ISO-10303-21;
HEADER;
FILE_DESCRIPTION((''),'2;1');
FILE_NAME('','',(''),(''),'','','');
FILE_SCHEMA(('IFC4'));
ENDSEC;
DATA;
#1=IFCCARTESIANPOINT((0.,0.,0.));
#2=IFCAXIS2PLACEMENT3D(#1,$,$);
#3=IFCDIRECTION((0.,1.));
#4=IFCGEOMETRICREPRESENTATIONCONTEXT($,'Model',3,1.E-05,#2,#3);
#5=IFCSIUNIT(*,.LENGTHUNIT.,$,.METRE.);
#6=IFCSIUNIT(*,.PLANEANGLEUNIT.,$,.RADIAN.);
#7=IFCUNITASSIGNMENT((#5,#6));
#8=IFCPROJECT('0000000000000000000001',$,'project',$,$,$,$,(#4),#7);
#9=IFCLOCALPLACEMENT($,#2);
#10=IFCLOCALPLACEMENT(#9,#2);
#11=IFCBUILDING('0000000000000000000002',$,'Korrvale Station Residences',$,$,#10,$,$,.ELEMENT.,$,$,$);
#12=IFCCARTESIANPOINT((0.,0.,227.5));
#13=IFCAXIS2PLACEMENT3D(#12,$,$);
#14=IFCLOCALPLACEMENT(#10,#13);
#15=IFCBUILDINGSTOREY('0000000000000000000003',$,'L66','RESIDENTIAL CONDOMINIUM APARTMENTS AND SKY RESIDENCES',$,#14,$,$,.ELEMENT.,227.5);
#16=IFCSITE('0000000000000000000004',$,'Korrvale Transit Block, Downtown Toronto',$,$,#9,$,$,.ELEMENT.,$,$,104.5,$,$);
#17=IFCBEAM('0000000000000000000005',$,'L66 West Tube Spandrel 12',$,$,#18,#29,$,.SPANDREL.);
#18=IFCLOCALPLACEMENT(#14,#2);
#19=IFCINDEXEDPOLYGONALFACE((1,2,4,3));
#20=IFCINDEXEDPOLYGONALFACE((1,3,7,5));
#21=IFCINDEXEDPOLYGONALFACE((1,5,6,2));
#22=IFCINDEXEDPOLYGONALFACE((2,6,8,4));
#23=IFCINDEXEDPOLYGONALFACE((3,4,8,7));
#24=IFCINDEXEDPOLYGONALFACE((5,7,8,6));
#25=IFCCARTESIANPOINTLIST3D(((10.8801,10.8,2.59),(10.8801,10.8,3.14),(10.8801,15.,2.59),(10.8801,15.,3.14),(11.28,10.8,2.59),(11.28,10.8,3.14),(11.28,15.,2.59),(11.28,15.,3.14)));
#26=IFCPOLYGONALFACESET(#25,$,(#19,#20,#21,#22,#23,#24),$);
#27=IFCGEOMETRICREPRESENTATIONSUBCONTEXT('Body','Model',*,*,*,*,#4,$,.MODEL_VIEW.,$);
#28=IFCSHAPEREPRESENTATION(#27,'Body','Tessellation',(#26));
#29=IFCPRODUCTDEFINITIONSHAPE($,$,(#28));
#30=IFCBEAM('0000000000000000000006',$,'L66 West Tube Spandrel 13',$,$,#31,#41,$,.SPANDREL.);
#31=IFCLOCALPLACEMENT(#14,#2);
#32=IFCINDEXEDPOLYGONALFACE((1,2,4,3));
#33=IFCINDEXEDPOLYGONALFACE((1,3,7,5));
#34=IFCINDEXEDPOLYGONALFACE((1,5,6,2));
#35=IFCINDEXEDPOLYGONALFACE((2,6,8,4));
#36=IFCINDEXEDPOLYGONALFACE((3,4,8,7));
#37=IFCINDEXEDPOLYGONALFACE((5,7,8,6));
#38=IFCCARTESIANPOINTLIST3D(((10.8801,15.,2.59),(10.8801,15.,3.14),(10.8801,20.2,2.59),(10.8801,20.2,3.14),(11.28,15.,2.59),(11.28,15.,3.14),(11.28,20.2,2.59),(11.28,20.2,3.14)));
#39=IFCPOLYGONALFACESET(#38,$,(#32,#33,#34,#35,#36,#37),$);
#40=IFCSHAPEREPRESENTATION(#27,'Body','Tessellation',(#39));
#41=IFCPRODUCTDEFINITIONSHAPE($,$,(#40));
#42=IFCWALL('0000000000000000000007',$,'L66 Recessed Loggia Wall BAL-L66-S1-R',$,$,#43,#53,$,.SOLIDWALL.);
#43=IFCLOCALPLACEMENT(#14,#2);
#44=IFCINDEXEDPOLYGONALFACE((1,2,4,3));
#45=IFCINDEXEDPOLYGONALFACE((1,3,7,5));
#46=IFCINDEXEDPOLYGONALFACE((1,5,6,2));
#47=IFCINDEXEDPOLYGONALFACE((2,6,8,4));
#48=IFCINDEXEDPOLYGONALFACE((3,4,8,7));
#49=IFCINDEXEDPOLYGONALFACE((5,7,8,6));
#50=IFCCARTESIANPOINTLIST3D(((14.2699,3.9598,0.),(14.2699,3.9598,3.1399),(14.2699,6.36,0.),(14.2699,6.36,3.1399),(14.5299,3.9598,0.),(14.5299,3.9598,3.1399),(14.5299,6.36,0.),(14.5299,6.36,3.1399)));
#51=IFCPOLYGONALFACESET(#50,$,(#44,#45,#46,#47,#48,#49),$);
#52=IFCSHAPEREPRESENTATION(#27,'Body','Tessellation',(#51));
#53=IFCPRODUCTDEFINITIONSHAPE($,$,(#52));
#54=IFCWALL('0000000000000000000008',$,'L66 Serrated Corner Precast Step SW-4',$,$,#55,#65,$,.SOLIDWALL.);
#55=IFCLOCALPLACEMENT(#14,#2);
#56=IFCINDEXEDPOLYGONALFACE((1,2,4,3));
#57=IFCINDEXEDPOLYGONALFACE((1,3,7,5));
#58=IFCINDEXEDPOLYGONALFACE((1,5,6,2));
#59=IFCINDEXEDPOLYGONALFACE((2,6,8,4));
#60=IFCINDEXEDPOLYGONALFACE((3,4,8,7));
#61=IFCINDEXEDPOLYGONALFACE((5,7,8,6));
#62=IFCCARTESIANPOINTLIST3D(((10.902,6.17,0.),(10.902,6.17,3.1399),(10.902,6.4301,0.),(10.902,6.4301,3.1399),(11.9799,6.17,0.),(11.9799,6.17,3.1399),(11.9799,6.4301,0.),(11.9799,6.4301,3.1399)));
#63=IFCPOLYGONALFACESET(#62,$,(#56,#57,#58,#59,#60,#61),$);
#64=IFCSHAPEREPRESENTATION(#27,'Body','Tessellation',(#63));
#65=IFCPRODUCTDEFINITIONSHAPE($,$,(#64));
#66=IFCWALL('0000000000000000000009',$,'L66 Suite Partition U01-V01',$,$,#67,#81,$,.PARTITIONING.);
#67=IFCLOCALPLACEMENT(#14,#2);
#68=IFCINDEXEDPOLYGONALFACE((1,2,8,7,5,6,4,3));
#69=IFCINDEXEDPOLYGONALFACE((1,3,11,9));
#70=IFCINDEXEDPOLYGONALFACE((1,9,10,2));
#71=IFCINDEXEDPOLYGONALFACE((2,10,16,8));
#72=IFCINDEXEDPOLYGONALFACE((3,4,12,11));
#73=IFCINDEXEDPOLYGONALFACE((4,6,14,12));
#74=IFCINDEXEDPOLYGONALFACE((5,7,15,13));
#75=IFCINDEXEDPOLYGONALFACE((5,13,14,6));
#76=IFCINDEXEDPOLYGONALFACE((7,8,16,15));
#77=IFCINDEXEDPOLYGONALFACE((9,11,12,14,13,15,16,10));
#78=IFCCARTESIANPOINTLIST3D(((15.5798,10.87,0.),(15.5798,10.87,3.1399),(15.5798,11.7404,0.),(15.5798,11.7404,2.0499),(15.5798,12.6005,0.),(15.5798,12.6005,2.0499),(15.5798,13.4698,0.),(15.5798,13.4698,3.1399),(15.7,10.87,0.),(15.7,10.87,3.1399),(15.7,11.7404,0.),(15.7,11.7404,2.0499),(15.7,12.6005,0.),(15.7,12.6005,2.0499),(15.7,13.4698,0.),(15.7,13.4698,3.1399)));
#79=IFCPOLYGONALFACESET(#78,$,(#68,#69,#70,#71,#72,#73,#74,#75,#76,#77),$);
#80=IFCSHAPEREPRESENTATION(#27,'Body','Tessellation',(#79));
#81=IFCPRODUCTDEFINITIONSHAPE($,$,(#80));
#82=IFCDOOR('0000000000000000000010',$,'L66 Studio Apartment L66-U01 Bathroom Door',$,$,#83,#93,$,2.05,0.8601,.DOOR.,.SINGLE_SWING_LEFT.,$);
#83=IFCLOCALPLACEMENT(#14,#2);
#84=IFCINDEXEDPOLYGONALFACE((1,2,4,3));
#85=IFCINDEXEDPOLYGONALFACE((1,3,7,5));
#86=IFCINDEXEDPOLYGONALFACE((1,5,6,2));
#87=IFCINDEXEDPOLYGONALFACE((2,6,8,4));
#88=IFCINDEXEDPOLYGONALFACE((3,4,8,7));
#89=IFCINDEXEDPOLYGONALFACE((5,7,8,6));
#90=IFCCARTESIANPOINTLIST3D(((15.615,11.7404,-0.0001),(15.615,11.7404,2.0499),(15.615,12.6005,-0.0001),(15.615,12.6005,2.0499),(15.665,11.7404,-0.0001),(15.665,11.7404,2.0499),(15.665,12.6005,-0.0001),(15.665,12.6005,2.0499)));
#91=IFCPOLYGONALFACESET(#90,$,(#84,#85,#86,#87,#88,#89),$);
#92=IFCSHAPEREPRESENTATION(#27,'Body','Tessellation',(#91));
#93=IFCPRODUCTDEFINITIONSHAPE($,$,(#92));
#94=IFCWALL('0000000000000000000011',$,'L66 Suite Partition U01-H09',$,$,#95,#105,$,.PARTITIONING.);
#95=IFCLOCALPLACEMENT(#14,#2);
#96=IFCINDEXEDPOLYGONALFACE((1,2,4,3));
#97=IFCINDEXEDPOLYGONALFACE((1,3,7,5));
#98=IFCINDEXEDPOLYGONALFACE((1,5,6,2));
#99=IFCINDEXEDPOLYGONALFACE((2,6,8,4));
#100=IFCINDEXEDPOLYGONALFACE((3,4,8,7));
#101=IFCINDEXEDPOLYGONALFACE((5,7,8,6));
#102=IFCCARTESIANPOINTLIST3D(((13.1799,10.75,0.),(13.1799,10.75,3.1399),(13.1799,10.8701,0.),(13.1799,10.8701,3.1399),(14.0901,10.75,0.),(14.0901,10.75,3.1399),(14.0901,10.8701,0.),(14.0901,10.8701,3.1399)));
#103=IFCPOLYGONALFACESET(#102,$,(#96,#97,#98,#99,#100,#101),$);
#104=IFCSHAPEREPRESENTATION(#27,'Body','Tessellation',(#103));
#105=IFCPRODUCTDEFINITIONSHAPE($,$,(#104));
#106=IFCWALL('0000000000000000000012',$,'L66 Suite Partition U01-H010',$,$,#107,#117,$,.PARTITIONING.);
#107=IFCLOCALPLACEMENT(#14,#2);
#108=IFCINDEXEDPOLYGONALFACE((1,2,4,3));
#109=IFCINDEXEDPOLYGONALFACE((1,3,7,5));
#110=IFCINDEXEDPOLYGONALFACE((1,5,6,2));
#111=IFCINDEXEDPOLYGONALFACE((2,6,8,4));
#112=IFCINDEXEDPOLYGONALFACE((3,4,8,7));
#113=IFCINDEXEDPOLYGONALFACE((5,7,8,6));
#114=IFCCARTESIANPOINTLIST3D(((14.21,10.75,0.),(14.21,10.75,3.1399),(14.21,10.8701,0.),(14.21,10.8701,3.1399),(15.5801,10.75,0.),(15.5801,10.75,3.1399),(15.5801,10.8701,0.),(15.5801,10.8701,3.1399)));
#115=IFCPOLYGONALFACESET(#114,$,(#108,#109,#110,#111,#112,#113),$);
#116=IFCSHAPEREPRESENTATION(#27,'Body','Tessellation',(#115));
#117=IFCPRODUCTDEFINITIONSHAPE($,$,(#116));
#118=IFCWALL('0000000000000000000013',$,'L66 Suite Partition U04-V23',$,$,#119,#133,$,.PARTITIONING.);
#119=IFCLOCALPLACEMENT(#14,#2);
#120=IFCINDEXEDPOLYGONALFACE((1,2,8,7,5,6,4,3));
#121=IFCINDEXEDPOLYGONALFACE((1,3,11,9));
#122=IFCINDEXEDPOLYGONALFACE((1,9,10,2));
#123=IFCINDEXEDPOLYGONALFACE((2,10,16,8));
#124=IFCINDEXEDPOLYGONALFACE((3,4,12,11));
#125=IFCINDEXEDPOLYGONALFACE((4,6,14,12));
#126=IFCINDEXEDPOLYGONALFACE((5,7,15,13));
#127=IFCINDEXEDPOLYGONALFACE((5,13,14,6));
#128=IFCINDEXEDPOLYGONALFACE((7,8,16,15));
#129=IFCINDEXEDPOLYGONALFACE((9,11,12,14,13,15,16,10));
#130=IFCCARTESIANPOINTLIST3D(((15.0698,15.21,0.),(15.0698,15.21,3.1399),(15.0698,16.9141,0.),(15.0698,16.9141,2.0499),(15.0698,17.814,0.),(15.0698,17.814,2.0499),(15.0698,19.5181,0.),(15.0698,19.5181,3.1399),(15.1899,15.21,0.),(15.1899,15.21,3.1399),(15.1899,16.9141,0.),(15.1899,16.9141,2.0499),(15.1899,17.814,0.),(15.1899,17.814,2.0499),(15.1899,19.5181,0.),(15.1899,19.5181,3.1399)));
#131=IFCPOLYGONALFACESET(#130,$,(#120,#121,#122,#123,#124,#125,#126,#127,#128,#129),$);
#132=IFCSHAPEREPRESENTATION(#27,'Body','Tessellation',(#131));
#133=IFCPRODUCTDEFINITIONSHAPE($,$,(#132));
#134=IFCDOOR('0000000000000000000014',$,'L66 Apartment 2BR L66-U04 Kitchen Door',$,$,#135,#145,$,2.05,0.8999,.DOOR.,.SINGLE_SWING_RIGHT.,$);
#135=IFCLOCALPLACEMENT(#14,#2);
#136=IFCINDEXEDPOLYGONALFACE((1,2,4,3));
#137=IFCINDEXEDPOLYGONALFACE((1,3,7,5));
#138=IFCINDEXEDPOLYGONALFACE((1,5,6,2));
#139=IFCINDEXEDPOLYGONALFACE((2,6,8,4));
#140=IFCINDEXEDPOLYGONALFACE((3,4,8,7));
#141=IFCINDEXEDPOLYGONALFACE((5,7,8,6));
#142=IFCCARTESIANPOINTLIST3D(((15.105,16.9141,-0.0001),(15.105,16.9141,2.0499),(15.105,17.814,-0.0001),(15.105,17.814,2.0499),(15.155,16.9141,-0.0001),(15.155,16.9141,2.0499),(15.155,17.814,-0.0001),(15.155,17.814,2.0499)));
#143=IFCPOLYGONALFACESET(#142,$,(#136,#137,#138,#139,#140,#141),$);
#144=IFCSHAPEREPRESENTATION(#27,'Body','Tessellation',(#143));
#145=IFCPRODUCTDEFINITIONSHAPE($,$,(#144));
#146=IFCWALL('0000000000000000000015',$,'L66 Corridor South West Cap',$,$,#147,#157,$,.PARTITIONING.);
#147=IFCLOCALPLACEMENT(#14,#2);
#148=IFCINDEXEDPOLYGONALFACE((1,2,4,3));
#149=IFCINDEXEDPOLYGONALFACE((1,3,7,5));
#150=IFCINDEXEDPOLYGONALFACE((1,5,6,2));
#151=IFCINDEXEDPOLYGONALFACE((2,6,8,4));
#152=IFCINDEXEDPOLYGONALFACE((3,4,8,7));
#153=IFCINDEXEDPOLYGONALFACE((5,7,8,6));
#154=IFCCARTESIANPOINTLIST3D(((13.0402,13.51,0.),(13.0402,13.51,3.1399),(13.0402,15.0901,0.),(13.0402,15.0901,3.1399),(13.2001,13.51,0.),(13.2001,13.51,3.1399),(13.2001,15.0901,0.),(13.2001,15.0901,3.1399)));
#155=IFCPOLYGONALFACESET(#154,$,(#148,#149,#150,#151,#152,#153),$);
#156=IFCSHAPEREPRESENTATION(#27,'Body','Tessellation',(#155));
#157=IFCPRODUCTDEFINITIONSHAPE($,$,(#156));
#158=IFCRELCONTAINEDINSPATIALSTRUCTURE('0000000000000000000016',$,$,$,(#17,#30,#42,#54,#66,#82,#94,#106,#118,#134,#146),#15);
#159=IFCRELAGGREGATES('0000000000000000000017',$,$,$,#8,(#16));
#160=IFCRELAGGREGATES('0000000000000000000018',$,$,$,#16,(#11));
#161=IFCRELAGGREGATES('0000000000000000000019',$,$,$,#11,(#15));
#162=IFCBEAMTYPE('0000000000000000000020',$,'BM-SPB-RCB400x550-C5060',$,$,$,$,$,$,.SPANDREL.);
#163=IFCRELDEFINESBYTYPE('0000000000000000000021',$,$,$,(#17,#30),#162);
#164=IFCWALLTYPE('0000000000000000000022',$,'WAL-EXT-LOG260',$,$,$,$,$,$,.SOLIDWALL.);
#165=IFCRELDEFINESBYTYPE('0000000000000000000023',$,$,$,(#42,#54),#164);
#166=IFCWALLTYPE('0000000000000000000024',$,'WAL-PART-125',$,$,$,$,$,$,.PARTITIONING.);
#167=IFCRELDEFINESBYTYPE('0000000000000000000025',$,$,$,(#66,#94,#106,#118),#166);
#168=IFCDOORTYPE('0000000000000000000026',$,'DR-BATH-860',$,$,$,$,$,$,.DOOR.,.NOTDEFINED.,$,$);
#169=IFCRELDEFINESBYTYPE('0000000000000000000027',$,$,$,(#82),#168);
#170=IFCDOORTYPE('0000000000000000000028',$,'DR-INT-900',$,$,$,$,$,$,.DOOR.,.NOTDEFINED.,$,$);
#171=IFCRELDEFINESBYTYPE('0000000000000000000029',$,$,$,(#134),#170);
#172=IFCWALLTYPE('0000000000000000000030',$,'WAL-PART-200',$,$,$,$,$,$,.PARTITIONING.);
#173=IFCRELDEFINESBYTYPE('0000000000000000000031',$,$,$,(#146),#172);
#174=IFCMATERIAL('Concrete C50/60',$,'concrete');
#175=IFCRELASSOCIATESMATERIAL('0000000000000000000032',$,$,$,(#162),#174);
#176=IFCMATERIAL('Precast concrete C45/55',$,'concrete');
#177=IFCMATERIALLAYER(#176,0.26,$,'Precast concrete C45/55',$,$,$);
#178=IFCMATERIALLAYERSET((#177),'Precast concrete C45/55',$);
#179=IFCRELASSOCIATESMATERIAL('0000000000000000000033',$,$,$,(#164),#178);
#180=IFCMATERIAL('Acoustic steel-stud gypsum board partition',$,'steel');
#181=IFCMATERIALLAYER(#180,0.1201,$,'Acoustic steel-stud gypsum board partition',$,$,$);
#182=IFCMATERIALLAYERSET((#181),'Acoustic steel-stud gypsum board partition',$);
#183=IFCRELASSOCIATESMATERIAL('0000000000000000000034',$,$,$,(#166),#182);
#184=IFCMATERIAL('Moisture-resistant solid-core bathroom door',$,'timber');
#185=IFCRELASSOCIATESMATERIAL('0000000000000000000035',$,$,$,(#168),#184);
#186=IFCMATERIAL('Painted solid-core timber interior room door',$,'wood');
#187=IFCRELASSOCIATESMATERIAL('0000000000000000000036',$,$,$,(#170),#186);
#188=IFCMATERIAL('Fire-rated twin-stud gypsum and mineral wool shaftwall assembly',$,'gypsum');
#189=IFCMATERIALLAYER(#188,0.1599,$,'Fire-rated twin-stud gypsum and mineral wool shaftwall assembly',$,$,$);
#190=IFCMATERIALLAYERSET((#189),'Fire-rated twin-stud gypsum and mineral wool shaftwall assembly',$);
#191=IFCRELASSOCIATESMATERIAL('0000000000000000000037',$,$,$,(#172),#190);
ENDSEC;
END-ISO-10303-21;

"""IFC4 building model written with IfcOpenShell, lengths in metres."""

from ifc_helpers import new_model, si_unit, direction, frame, frame_2d, origin, origin_2d, place, context, subcontext, project, spatial, rectangle, extrude, material, layer, layer_set, material_profile, profile_set, type_object, element, fill, save


model = new_model("IFC4")

# Units and contexts
model_context = context("Model", 3, precision=1e-05, world=origin(), true_north=direction((0.0, 1.0)))
body_context = subcontext(model_context, "Body", "Model", "MODEL_VIEW")
ifc_project = project(units=[si_unit("LENGTHUNIT", "METRE"), si_unit("PLANEANGLEUNIT", "RADIAN")], contexts=[model_context])

# Site, building, storey
site_placement = place(None, origin())
site = spatial("IfcSite", under=ifc_project, at=site_placement, Name="Korrvale Transit Block, Downtown Toronto", CompositionType="ELEMENT", RefElevation=104.5)
building_placement = place(site_placement, origin())
building = spatial("IfcBuilding", under=site, at=building_placement, Name="Korrvale Station Residences", CompositionType="ELEMENT")
storey_placement = place(building_placement, frame((0.0, 0.0, 227.5)))
storey = spatial("IfcBuildingStorey", under=building, at=storey_placement, Name="L66", Description="RESIDENTIAL CONDOMINIUM APARTMENTS AND SKY RESIDENCES", CompositionType="ELEMENT", Elevation=227.5)

# Shared definitions
ifc_material_1 = material(Name="Concrete C50/60", Category="concrete")

# Beams
ifc_material_profile_1 = material_profile(ifc_material_1, rectangle(XDim=0.3999, YDim=0.55, at=origin_2d()), Name="RCB400x550")
ifc_profile_set_1 = profile_set([ifc_material_profile_1], Name="Concrete C50/60")
beam_type_1 = type_object("IfcBeamType", Name="BM-SPB-RCB400x550-C5060", PredefinedType="SPANDREL", material=ifc_profile_set_1)
beam_1_placement = place(storey_placement, frame((11.0801, 10.8, 2.865), z_axis=(0.0, 1.0, 0.0), x_axis=(-1.0, 0.0, 0.0)))
element("IfcBeam", 1, at=beam_1_placement, inside=storey, type_object=beam_type_1, Name="L66 West Tube Spandrel 12", PredefinedType="SPANDREL", context=body_context, shape_type="SweptSolid", body=[
    extrude(rectangle(XDim=0.3999, YDim=0.55, at=origin_2d()), origin(), (0.0, 0.0, 1.0), 4.2),
])
beam_2_placement = place(storey_placement, frame((11.0801, 15.0, 2.865), z_axis=(0.0, 1.0, 0.0), x_axis=(-1.0, 0.0, 0.0)))
element("IfcBeam", 2, at=beam_2_placement, inside=storey, type_object=beam_type_1, Name="L66 West Tube Spandrel 13", PredefinedType="SPANDREL", context=body_context, shape_type="SweptSolid", body=[
    extrude(rectangle(XDim=0.3999, YDim=0.55, at=origin_2d()), origin(), (0.0, 0.0, 1.0), 5.2),
])

# Walls
ifc_material_2 = material(Name="Precast concrete C45/55", Category="concrete")
ifc_layer_1 = layer(ifc_material_2, 0.26, Name="Precast concrete C45/55")
ifc_layer_set_1 = layer_set([ifc_layer_1], Name="Precast concrete C45/55")
wall_type_1 = type_object("IfcWallType", Name="WAL-EXT-LOG260", PredefinedType="SOLIDWALL", material=ifc_layer_set_1)
wall_1_placement = place(storey_placement, frame((14.3999, 6.3601, 0.0), z_axis=(0.0, 0.0, 1.0), x_axis=(0.0, -1.0, 0.0)))
element("IfcWall", 3, at=wall_1_placement, inside=storey, type_object=wall_type_1, Name="L66 Recessed Loggia Wall BAL-L66-S1-R", PredefinedType="SOLIDWALL", context=body_context, shape_type="SweptSolid", body=[
    extrude(rectangle(XDim=2.4001, YDim=0.26, at=frame_2d((1.2002, 0.0))), origin(), (0.0, 0.0, 1.0), 3.1399),
])
wall_2_placement = place(storey_placement, frame((11.98, 6.3, 0.0), z_axis=(0.0, 0.0, 1.0), x_axis=(-1.0, 0.0, 0.0)))
element("IfcWall", 4, at=wall_2_placement, inside=storey, type_object=wall_type_1, Name="L66 Serrated Corner Precast Step SW-4", PredefinedType="SOLIDWALL", context=body_context, shape_type="SweptSolid", body=[
    extrude(rectangle(XDim=1.0779, YDim=0.26, at=frame_2d((0.5391, 0.0))), origin(), (0.0, 0.0, 1.0), 3.1399),
])

# Wall, opening, door
ifc_material_3 = material(Name="Acoustic steel-stud gypsum board partition", Category="steel")
ifc_layer_2 = layer(ifc_material_3, 0.1201, Name="Acoustic steel-stud gypsum board partition")
ifc_layer_set_2 = layer_set([ifc_layer_2], Name="Acoustic steel-stud gypsum board partition")
wall_type_2 = type_object("IfcWallType", Name="WAL-PART-125", PredefinedType="PARTITIONING", material=ifc_layer_set_2)
wall_3_placement = place(storey_placement, frame((15.6399, 10.8701, 0.0), z_axis=(0.0, 0.0, 1.0), x_axis=(0.0, 1.0, 0.0)))
wall_3 = element("IfcWall", 5, at=wall_3_placement, inside=storey, type_object=wall_type_2, Name="L66 Suite Partition U01-V01", PredefinedType="PARTITIONING", context=body_context, shape_type="SweptSolid", body=[
    extrude(rectangle(XDim=2.5999, YDim=0.1201, at=frame_2d((1.2998, 0.0))), origin(), (0.0, 0.0, 1.0), 3.1399),
])
opening_1_placement = place(wall_3_placement, frame((0.8701, 0.0, 0.0)))
opening_1 = element("IfcOpeningElement", 6, at=opening_1_placement, cuts=wall_3, PredefinedType="OPENING", context=body_context, shape_type="SweptSolid", body=[
    extrude(rectangle(XDim=0.8601, YDim=2.05, at=frame_2d((0.4302, 1.0249))), frame((0.0, 0.0701, 0.0), z_axis=(0.0, -1.0, 0.0), x_axis=(1.0, 0.0, 0.0)), (0.0, 0.0, 1.0), 0.1401),
])
ifc_material_4 = material(Name="Moisture-resistant solid-core bathroom door", Category="timber")
door_type_1 = type_object("IfcDoorType", Name="DR-BATH-860", OperationType="NOTDEFINED", PredefinedType="DOOR", material=ifc_material_4)
door_1_placement = place(opening_1_placement, origin())
door_1 = element("IfcDoor", 7, at=door_1_placement, inside=storey, type_object=door_type_1, Name="L66 Studio Apartment L66-U01 Bathroom Door", OperationType="SINGLE_SWING_LEFT", OverallHeight=2.05, OverallWidth=0.8601, PredefinedType="DOOR", context=body_context, shape_type="SweptSolid", body=[
    extrude(rectangle(XDim=0.8601, YDim=2.05, at=frame_2d((0.4302, 1.0249))), frame((0.0, 0.0249, 0.0), z_axis=(0.0, -1.0, 0.0), x_axis=(1.0, 0.0, 0.0)), (0.0, 0.0, 1.0), 0.05),
])
fill(opening_1, door_1)

# Walls
wall_4_placement = place(storey_placement, frame((13.1799, 10.8101, 0.0), z_axis=(0.0, 0.0, 1.0), x_axis=(1.0, 0.0, 0.0)))
element("IfcWall", 8, at=wall_4_placement, inside=storey, type_object=wall_type_2, Name="L66 Suite Partition U01-H09", PredefinedType="PARTITIONING", context=body_context, shape_type="SweptSolid", body=[
    extrude(rectangle(XDim=0.9102, YDim=0.1201, at=frame_2d((0.4551, 0.0))), origin(), (0.0, 0.0, 1.0), 3.1399),
])
wall_5_placement = place(storey_placement, frame((14.21, 10.8101, 0.0), z_axis=(0.0, 0.0, 1.0), x_axis=(1.0, 0.0, 0.0)))
element("IfcWall", 9, at=wall_5_placement, inside=storey, type_object=wall_type_2, Name="L66 Suite Partition U01-H010", PredefinedType="PARTITIONING", context=body_context, shape_type="SweptSolid", body=[
    extrude(rectangle(XDim=1.3701, YDim=0.1201, at=frame_2d((0.6851, 0.0))), origin(), (0.0, 0.0, 1.0), 3.1399),
])

# Wall, opening, door
wall_6_placement = place(storey_placement, frame((15.1299, 15.21, 0.0), z_axis=(0.0, 0.0, 1.0), x_axis=(0.0, 1.0, 0.0)))
wall_6 = element("IfcWall", 10, at=wall_6_placement, inside=storey, type_object=wall_type_2, Name="L66 Suite Partition U04-V23", PredefinedType="PARTITIONING", context=body_context, shape_type="SweptSolid", body=[
    extrude(rectangle(XDim=4.3081, YDim=0.1201, at=frame_2d((2.1541, 0.0))), origin(), (0.0, 0.0, 1.0), 3.1399),
])
opening_2_placement = place(wall_6_placement, frame((1.7041, 0.0, 0.0)))
opening_2 = element("IfcOpeningElement", 11, at=opening_2_placement, cuts=wall_6, PredefinedType="OPENING", context=body_context, shape_type="SweptSolid", body=[
    extrude(rectangle(XDim=0.8999, YDim=2.05, at=frame_2d((0.45, 1.0249))), frame((0.0, 0.0701, 0.0), z_axis=(0.0, -1.0, 0.0), x_axis=(1.0, 0.0, 0.0)), (0.0, 0.0, 1.0), 0.1401),
])
ifc_material_5 = material(Name="Painted solid-core timber interior room door", Category="wood")
door_type_2 = type_object("IfcDoorType", Name="DR-INT-900", OperationType="NOTDEFINED", PredefinedType="DOOR", material=ifc_material_5)
door_2_placement = place(opening_2_placement, origin())
door_2 = element("IfcDoor", 12, at=door_2_placement, inside=storey, type_object=door_type_2, Name="L66 Apartment 2BR L66-U04 Kitchen Door", OperationType="SINGLE_SWING_RIGHT", OverallHeight=2.05, OverallWidth=0.8999, PredefinedType="DOOR", context=body_context, shape_type="SweptSolid", body=[
    extrude(rectangle(XDim=0.8999, YDim=2.05, at=frame_2d((0.45, 1.0249))), frame((0.0, 0.0249, 0.0), z_axis=(0.0, -1.0, 0.0), x_axis=(1.0, 0.0, 0.0)), (0.0, 0.0, 1.0), 0.05),
])
fill(opening_2, door_2)

# Wall
ifc_material_6 = material(Name="Fire-rated twin-stud gypsum and mineral wool shaftwall assembly", Category="gypsum")
ifc_layer_3 = layer(ifc_material_6, 0.1599, Name="Fire-rated twin-stud gypsum and mineral wool shaftwall assembly")
ifc_layer_set_3 = layer_set([ifc_layer_3], Name="Fire-rated twin-stud gypsum and mineral wool shaftwall assembly")
wall_type_3 = type_object("IfcWallType", Name="WAL-PART-200", PredefinedType="PARTITIONING", material=ifc_layer_set_3)
wall_7_placement = place(storey_placement, frame((13.1201, 13.51, 0.0), z_axis=(0.0, 0.0, 1.0), x_axis=(0.0, 1.0, 0.0)))
element("IfcWall", 13, at=wall_7_placement, inside=storey, type_object=wall_type_3, Name="L66 Corridor South West Cap", PredefinedType="PARTITIONING", context=body_context, shape_type="SweptSolid", body=[
    extrude(rectangle(XDim=1.5801, YDim=0.1599, at=frame_2d((0.79, 0.0))), origin(), (0.0, 0.0, 1.0), 3.1399),
])

save(model, "model.ifc")
